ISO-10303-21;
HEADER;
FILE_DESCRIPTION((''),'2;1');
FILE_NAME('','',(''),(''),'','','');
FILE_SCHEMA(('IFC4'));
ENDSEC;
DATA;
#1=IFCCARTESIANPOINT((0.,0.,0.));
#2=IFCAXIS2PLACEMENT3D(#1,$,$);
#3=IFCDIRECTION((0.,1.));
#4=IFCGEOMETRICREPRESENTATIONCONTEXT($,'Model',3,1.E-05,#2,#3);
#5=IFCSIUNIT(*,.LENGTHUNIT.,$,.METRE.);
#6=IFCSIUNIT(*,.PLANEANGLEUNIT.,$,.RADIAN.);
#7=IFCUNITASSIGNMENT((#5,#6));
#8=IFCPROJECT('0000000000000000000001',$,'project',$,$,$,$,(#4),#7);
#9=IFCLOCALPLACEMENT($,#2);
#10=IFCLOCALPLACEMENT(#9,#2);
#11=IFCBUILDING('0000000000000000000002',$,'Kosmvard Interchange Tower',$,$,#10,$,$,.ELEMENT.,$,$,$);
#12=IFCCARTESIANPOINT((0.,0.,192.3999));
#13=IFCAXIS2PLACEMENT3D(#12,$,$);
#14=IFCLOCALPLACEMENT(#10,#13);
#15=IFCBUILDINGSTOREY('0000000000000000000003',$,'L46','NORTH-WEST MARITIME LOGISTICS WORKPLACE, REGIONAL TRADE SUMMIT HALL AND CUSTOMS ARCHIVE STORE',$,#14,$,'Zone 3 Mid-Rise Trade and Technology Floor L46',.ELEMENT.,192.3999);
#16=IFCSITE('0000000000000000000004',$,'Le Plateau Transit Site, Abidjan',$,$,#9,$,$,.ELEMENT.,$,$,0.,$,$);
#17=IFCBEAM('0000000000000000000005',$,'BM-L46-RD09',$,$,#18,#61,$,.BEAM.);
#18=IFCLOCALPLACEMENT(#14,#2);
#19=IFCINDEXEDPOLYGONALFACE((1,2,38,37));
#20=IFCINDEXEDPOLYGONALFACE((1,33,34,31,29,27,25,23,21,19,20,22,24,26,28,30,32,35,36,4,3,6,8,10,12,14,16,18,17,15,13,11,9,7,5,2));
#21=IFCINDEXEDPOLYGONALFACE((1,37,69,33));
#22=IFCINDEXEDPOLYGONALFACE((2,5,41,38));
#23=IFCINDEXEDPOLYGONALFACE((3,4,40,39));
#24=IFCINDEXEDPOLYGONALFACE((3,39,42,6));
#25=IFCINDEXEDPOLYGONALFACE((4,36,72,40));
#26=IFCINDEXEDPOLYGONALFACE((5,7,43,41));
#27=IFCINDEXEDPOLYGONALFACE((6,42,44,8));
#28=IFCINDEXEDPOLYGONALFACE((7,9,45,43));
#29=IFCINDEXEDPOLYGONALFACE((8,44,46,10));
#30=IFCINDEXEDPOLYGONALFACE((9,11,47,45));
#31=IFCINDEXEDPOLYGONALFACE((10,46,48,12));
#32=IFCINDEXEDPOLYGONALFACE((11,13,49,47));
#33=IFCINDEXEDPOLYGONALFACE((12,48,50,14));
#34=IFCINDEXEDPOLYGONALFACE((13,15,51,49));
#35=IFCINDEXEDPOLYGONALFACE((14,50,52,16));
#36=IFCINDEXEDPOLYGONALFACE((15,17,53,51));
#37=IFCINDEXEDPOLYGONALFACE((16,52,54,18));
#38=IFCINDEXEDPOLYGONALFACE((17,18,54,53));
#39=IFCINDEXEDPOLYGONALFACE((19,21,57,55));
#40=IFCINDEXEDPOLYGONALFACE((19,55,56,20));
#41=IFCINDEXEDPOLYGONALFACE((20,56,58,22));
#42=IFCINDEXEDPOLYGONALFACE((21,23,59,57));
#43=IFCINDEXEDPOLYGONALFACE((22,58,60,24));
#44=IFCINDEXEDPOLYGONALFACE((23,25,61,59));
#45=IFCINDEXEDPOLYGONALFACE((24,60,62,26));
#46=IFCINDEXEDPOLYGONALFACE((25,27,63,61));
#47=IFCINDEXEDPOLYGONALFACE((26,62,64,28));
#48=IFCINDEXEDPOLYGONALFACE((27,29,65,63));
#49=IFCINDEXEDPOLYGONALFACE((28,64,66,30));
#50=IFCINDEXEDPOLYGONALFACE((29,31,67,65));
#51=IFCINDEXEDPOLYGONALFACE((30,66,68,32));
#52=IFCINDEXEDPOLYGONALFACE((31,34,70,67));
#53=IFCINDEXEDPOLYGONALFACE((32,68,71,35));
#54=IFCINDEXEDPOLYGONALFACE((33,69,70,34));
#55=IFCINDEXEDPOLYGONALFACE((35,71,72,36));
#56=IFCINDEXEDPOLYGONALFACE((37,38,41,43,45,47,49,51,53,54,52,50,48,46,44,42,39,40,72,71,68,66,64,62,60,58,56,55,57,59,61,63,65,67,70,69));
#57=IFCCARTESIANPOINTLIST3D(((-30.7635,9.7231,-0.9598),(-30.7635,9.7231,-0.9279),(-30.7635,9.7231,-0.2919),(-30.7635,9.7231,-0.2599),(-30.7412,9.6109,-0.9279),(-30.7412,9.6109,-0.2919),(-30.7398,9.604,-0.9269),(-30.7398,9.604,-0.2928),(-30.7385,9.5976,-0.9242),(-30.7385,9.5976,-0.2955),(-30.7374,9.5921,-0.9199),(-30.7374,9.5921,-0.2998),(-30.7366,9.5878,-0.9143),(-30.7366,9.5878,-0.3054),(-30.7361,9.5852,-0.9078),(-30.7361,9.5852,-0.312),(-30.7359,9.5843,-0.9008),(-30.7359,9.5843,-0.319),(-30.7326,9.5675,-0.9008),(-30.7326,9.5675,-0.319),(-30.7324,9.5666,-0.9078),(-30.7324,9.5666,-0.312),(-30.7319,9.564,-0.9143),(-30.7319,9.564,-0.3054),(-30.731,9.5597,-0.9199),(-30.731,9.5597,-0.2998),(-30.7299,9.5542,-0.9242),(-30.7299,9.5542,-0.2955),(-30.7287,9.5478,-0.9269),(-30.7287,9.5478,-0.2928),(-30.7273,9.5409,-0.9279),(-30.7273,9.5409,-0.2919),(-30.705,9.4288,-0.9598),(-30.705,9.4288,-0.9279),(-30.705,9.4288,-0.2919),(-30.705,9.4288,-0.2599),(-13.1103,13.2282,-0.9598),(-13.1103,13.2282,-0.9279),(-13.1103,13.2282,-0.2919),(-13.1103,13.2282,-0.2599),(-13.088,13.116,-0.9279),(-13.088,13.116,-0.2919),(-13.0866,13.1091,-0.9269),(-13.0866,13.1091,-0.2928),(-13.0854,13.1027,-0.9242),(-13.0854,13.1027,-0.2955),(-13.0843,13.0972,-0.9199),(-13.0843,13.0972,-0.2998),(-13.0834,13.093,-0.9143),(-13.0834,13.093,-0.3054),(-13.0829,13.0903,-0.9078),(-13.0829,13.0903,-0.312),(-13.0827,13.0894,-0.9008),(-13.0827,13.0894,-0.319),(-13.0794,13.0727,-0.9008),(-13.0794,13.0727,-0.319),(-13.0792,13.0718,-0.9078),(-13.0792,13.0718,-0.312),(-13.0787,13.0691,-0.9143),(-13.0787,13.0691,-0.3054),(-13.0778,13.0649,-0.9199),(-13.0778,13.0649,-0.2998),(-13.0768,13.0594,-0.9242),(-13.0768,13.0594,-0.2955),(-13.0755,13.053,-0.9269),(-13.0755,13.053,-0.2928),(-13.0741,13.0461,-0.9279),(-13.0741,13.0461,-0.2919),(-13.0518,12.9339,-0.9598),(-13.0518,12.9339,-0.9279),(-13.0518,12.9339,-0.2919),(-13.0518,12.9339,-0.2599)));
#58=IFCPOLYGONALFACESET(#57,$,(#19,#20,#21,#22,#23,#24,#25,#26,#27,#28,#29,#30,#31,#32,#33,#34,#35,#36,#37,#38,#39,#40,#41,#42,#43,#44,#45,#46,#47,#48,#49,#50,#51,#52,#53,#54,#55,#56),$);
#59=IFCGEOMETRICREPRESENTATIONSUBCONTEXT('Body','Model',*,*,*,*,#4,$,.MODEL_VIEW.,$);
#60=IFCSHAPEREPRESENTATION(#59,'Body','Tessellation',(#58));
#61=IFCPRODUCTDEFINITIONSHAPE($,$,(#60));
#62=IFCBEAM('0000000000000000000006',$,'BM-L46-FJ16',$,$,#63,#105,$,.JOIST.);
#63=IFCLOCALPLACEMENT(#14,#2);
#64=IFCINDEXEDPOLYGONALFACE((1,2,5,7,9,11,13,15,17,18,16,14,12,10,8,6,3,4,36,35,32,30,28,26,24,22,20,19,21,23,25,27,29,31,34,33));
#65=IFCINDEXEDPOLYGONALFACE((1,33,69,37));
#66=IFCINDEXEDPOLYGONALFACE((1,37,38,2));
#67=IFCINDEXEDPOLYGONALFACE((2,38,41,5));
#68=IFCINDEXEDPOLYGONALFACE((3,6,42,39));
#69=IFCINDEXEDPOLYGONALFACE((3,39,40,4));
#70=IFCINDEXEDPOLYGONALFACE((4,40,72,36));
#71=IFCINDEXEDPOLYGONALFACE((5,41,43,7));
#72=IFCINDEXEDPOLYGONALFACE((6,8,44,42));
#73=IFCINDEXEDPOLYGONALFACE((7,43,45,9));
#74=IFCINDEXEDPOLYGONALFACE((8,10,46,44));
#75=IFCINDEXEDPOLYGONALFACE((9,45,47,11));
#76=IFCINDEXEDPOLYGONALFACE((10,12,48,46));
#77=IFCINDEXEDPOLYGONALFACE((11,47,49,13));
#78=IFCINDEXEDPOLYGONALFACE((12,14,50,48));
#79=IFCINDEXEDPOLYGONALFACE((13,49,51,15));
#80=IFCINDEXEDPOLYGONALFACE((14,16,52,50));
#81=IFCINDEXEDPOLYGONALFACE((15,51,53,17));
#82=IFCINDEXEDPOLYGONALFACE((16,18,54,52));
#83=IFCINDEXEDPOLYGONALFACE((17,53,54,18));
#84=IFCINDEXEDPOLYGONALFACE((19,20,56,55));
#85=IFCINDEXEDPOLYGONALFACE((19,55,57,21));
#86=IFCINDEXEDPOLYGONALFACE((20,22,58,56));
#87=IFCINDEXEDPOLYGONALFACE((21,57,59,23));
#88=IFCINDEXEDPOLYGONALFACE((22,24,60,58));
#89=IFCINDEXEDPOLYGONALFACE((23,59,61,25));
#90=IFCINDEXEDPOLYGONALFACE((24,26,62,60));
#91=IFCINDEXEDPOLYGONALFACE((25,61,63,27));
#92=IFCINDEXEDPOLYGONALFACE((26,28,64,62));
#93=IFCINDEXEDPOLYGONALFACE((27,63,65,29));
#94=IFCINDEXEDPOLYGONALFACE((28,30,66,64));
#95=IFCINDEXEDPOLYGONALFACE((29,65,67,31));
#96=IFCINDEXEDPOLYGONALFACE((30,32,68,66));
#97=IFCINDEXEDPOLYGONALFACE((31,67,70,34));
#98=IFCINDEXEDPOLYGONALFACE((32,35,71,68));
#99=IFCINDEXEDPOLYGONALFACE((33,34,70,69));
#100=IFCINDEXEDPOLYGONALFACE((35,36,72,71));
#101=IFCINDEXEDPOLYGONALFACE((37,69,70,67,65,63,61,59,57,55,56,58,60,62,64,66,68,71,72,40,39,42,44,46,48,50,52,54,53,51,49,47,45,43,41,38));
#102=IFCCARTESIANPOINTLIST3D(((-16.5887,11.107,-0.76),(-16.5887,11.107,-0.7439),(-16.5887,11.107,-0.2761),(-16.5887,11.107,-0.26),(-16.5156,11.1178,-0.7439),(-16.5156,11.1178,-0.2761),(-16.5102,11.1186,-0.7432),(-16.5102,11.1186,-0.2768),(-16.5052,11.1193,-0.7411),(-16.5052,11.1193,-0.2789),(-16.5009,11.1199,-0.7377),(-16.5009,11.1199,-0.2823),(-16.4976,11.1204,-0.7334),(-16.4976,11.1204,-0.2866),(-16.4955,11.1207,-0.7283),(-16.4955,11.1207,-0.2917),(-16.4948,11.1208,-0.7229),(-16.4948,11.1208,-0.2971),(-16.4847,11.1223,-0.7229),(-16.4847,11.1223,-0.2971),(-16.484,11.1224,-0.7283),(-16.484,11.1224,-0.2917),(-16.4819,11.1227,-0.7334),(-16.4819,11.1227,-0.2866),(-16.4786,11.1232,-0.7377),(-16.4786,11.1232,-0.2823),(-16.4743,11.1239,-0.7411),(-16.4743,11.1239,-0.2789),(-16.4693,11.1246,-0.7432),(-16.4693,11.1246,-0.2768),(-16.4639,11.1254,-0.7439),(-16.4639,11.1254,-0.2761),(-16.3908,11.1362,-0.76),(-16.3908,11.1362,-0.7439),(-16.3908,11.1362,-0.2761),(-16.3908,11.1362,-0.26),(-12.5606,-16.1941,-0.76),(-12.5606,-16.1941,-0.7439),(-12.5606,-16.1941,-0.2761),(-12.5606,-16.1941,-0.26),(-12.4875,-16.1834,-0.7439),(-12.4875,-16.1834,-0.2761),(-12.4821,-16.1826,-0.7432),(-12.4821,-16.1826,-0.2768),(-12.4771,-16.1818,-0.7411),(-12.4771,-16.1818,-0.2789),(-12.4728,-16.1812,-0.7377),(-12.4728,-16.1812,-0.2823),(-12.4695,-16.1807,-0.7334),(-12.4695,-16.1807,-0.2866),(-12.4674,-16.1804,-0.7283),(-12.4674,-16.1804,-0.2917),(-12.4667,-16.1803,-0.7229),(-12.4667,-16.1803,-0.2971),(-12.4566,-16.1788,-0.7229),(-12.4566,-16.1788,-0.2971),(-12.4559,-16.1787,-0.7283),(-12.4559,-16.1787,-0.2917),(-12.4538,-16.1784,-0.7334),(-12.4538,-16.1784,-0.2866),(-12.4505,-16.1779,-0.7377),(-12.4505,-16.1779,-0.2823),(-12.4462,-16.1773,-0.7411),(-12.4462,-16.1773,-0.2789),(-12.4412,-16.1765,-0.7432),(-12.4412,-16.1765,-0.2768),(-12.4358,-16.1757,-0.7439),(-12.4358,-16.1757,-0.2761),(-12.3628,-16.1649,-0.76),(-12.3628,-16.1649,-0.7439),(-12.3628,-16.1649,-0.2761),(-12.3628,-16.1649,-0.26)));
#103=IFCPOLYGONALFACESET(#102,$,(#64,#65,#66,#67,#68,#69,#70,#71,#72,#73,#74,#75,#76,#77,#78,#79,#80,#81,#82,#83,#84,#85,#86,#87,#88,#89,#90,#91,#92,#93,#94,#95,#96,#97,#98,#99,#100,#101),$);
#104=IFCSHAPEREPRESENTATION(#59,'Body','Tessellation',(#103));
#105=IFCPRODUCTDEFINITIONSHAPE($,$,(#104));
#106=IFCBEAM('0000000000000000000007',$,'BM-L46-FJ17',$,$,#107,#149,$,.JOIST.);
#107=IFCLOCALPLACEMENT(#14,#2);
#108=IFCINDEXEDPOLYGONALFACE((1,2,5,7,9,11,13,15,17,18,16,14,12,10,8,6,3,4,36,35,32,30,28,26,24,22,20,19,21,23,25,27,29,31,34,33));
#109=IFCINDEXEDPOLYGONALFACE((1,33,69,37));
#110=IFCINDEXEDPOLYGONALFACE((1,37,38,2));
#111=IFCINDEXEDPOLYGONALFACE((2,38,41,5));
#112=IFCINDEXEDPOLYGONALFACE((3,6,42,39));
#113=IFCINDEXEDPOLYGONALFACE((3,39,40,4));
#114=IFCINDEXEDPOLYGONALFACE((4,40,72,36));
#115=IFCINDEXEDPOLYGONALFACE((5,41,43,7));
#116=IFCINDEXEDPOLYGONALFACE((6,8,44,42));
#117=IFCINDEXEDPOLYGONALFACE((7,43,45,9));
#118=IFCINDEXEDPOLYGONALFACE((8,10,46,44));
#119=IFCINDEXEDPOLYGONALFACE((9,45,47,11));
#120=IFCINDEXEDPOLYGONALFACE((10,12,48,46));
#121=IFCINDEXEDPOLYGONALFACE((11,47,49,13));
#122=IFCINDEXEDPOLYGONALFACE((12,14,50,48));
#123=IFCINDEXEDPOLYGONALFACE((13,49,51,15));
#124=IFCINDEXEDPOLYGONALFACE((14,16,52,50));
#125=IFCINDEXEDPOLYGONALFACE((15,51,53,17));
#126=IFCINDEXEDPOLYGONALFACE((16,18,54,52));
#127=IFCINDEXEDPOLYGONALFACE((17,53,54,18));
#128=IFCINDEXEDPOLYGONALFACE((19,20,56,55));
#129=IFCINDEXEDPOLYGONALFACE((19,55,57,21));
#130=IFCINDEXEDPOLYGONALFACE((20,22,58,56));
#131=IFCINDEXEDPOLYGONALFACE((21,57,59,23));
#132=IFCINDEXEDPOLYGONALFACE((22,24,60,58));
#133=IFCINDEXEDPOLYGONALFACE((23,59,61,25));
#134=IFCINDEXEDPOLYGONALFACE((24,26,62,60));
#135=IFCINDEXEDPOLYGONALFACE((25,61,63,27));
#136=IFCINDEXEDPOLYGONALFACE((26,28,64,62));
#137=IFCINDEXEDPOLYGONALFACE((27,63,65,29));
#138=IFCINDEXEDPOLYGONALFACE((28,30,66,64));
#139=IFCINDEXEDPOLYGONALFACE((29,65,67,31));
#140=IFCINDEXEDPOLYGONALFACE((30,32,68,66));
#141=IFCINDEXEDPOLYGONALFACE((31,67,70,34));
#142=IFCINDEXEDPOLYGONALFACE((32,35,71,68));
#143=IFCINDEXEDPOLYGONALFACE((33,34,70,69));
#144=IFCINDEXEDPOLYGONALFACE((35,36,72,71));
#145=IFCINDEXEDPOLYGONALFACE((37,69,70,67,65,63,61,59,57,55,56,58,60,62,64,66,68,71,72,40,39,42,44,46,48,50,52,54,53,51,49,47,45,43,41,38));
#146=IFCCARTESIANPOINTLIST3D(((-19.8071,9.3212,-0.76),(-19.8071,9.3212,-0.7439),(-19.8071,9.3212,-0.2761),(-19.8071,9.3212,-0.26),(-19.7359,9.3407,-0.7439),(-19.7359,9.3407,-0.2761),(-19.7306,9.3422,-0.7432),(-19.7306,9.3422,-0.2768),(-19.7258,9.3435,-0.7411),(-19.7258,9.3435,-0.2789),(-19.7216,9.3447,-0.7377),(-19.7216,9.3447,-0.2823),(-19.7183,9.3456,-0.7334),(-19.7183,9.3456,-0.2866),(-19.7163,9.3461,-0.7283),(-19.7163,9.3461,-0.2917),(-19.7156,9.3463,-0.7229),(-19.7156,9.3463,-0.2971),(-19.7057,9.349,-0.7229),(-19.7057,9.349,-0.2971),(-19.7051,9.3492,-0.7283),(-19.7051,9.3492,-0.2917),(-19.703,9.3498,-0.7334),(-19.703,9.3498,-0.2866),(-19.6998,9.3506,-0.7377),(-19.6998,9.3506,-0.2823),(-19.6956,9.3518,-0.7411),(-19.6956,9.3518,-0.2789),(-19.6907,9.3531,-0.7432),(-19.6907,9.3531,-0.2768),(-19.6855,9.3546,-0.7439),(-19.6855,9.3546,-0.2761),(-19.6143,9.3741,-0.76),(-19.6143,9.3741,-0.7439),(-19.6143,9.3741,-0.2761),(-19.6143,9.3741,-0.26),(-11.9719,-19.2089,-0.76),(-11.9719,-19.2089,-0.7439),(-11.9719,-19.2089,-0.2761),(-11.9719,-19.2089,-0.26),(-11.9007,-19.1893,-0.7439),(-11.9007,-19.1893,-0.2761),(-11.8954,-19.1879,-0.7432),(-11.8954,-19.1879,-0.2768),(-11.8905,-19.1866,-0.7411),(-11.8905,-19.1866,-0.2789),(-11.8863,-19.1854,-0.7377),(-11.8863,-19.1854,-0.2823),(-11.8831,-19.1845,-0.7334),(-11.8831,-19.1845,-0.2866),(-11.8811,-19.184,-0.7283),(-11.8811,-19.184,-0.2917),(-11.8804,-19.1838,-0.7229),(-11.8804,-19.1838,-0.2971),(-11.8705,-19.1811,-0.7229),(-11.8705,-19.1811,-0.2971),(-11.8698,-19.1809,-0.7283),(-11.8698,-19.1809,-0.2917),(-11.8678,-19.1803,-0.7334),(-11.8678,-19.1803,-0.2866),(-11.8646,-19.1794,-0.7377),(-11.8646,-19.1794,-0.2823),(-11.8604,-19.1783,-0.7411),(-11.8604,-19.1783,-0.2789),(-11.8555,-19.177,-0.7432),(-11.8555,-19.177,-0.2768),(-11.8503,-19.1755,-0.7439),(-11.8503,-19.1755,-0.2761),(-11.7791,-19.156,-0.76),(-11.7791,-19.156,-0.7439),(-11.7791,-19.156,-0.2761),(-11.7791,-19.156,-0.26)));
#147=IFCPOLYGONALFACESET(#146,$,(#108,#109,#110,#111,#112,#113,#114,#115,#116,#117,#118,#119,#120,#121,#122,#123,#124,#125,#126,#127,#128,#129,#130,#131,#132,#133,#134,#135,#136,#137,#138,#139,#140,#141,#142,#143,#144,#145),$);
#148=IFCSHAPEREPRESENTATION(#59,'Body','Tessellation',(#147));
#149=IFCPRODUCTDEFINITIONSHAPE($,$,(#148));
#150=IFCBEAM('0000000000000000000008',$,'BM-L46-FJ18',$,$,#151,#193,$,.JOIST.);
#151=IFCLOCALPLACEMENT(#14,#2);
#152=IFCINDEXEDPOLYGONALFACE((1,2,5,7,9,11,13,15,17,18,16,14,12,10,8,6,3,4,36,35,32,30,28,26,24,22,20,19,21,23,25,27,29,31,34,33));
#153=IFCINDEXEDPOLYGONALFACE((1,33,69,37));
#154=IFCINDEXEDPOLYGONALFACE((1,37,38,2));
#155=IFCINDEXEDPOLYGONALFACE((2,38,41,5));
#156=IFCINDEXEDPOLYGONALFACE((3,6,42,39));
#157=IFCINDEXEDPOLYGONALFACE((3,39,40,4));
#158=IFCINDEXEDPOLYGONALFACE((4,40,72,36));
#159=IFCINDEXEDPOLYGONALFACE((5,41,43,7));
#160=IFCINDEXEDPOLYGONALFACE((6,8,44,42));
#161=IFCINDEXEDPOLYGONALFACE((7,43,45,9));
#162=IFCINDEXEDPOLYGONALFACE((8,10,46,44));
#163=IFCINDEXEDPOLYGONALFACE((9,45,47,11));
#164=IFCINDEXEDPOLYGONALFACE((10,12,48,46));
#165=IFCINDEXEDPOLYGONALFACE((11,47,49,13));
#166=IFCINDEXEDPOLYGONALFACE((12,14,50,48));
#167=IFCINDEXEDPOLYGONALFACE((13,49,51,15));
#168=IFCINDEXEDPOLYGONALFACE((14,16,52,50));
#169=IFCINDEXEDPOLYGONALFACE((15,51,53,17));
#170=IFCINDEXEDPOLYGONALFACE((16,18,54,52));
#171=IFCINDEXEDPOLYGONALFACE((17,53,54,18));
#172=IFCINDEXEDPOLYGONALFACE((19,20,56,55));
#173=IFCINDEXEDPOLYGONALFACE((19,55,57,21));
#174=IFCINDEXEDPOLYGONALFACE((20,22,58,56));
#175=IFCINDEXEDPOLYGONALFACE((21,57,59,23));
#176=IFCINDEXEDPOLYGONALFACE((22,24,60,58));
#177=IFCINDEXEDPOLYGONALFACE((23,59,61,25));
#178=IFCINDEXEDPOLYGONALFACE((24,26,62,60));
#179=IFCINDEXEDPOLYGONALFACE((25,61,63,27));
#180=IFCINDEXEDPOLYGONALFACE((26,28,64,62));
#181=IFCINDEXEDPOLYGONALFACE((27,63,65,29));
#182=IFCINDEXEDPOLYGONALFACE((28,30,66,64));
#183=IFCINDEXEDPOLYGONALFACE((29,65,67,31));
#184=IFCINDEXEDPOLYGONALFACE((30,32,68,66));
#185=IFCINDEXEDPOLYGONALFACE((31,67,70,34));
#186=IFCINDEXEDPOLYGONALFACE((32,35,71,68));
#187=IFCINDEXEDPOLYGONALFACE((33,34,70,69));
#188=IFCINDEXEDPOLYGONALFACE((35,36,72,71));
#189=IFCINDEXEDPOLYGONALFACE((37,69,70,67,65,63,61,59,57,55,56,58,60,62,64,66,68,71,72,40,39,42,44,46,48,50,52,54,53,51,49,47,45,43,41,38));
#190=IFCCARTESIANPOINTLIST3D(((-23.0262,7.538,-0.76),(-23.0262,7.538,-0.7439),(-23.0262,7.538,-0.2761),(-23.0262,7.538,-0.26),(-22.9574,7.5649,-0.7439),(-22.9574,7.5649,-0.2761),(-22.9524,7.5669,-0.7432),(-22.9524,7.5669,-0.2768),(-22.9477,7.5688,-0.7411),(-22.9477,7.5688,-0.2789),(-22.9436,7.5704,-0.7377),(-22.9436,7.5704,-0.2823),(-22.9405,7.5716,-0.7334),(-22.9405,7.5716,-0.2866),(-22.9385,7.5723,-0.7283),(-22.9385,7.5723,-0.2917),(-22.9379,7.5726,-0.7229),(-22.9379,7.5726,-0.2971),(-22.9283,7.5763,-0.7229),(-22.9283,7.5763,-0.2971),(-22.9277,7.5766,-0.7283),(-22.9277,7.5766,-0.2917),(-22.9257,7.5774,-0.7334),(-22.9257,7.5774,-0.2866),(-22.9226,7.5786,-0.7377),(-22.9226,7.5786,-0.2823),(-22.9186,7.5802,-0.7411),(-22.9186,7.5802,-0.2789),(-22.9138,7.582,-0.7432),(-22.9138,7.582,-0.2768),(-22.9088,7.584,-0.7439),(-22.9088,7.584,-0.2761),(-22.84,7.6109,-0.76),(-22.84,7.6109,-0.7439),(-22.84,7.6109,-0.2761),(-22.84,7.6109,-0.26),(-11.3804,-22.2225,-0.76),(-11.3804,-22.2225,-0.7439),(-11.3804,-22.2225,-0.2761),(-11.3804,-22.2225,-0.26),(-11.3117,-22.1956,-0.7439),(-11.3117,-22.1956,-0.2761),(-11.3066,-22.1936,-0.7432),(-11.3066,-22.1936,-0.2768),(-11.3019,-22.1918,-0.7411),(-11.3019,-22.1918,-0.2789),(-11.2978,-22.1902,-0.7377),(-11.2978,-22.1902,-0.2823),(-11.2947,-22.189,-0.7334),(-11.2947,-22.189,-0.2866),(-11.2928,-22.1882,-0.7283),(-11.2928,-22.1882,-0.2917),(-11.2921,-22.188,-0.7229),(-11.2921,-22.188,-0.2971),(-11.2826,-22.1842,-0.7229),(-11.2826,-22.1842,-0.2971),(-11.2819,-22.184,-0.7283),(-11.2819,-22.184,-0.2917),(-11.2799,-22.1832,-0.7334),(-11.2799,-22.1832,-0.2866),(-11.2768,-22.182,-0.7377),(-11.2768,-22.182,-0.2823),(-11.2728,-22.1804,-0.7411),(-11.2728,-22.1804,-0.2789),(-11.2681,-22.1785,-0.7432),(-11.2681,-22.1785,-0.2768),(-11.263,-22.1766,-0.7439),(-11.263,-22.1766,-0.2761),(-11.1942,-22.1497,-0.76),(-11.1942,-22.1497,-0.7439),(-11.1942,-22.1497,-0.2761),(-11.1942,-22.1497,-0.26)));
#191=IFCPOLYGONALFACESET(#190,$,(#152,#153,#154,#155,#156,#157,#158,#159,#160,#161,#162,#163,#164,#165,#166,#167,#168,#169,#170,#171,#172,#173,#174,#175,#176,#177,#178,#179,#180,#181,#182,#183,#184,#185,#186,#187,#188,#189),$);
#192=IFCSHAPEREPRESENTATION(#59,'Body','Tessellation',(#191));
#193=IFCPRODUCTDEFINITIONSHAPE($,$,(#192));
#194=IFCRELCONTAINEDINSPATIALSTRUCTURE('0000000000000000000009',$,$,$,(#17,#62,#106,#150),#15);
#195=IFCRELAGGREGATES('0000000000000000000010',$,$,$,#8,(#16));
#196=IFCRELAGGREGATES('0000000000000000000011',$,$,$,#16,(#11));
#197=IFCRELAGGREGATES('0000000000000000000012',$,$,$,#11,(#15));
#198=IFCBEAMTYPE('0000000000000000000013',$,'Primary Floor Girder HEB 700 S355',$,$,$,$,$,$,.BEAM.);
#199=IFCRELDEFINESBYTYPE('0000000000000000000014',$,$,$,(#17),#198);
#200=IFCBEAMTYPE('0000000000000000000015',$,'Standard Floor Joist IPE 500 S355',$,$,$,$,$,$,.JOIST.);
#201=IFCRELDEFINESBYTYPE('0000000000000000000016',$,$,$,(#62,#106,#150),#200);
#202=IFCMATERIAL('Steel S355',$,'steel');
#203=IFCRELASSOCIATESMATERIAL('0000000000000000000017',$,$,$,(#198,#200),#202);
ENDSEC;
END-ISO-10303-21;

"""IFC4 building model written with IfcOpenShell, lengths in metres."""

from ifc_helpers import new_model, si_unit, direction, frame, origin, origin_2d, place, context, subcontext, project, spatial, i_section, extrude, source, transform, mapped, material, material_profile, profile_set, type_object, element, save


model = new_model("IFC4")

# Units and contexts
model_context = context("Model", 3, precision=1e-05, world=origin(), true_north=direction((0.0, 1.0)))
body_context = subcontext(model_context, "Body", "Model", "MODEL_VIEW")
ifc_project = project(units=[si_unit("LENGTHUNIT", "METRE"), si_unit("PLANEANGLEUNIT", "RADIAN")], contexts=[model_context])

# Site, building, storey
site_placement = place(None, origin())
site = spatial("IfcSite", under=ifc_project, at=site_placement, Name="Le Plateau Transit Site, Abidjan", CompositionType="ELEMENT", RefElevation=0.0)
building_placement = place(site_placement, origin())
building = spatial("IfcBuilding", under=site, at=building_placement, Name="Kosmvard Interchange Tower", CompositionType="ELEMENT")
storey_placement = place(building_placement, frame((0.0, 0.0, 192.3999)))
storey = spatial("IfcBuildingStorey", under=building, at=storey_placement, Name="L46", Description="NORTH-WEST MARITIME LOGISTICS WORKPLACE, REGIONAL TRADE SUMMIT HALL AND CUSTOMS ARCHIVE STORE", LongName="Zone 3 Mid-Rise Trade and Technology Floor L46", CompositionType="ELEMENT", Elevation=192.3999)

# Beams
ifc_material_1 = material(Name="Steel S355", Category="steel")
ifc_material_profile_1 = material_profile(ifc_material_1, i_section(OverallWidth=0.3, OverallDepth=0.7, WebThickness=0.0171, FlangeThickness=0.032, FilletRadius=0.0271, at=origin_2d()), Name="HEB 700")
ifc_profile_set_1 = profile_set([ifc_material_profile_1], Name="Steel S355")
beam_type_1 = type_object("IfcBeamType", Name="Primary Floor Girder HEB 700 S355", PredefinedType="BEAM", material=ifc_profile_set_1)
shared_shape_1 = source(origin(), body_context, "Body", "SweptSolid", [
    extrude(i_section(OverallWidth=0.3, OverallDepth=0.7, WebThickness=0.0171, FlangeThickness=0.032, FilletRadius=0.0271, at=origin_2d()), origin(), (0.0, 0.0, 1.0), 17.9978),
])
beam_1_placement = place(storey_placement, frame((-13.0811, 13.0811, -0.6099), z_axis=(-0.980852, -0.194754, 0.0), x_axis=(0.194754, -0.980852, 0.0)))
element("IfcBeam", 1, at=beam_1_placement, inside=storey, type_object=beam_type_1, Name="BM-L46-RD09", PredefinedType="BEAM", context=body_context, shape_type="MappedRepresentation", body=[
    mapped(shared_shape_1, transform((0.0, 0.0, 0.0), scale=1.0)),
])
ifc_material_profile_2 = material_profile(ifc_material_1, i_section(OverallWidth=0.2, OverallDepth=0.5, WebThickness=0.0103, FlangeThickness=0.0161, FilletRadius=0.021, at=origin_2d()), Name="IPE 500")
ifc_profile_set_2 = profile_set([ifc_material_profile_2], Name="Steel S355")
beam_type_2 = type_object("IfcBeamType", Name="Standard Floor Joist IPE 500 S355", PredefinedType="JOIST", material=ifc_profile_set_2)
shared_shape_2 = source(origin(), body_context, "Body", "SweptSolid", [
    extrude(i_section(OverallWidth=0.2, OverallDepth=0.5, WebThickness=0.0103, FlangeThickness=0.0161, FilletRadius=0.021, at=origin_2d()), origin(), (0.0, 0.0, 1.0), 27.5967),
])
beam_2_placement = place(storey_placement, frame((-16.4897, 11.1216, -0.51), z_axis=(0.145963, -0.98929, 0.0), x_axis=(0.98929, 0.145963, 0.0)))
element("IfcBeam", 2, at=beam_2_placement, inside=storey, type_object=beam_type_2, Name="BM-L46-FJ16", PredefinedType="JOIST", context=body_context, shape_type="MappedRepresentation", body=[
    mapped(shared_shape_2, transform((0.0, 0.0, 0.0), scale=1.0)),
])
shared_shape_3 = source(origin(), body_context, "Body", "SweptSolid", [
    extrude(i_section(OverallWidth=0.2, OverallDepth=0.5, WebThickness=0.0103, FlangeThickness=0.0161, FilletRadius=0.021, at=origin_2d()), origin(), (0.0, 0.0, 1.0), 29.5864),
])
beam_3_placement = place(storey_placement, frame((-19.7107, 9.3477, -0.51), z_axis=(0.264825, -0.964297, 0.0), x_axis=(0.964297, 0.264825, 0.0)))
element("IfcBeam", 3, at=beam_3_placement, inside=storey, type_object=beam_type_2, Name="BM-L46-FJ17", PredefinedType="JOIST", context=body_context, shape_type="MappedRepresentation", body=[
    mapped(shared_shape_3, transform((0.0, 0.0, 0.0), scale=1.0)),
])
shared_shape_4 = source(origin(), body_context, "Body", "SweptSolid", [
    extrude(i_section(OverallWidth=0.2, OverallDepth=0.5, WebThickness=0.0103, FlangeThickness=0.0161, FilletRadius=0.021, at=origin_2d()), origin(), (0.0, 0.0, 1.0), 31.958),
])
beam_4_placement = place(storey_placement, frame((-22.9331, 7.5745, -0.51), z_axis=(0.364409, -0.931239, 0.0), x_axis=(0.931239, 0.364409, 0.0)))
element("IfcBeam", 4, at=beam_4_placement, inside=storey, type_object=beam_type_2, Name="BM-L46-FJ18", PredefinedType="JOIST", context=body_context, shape_type="MappedRepresentation", body=[
    mapped(shared_shape_4, transform((0.0, 0.0, 0.0), scale=1.0)),
])

save(model, "model.ifc")
